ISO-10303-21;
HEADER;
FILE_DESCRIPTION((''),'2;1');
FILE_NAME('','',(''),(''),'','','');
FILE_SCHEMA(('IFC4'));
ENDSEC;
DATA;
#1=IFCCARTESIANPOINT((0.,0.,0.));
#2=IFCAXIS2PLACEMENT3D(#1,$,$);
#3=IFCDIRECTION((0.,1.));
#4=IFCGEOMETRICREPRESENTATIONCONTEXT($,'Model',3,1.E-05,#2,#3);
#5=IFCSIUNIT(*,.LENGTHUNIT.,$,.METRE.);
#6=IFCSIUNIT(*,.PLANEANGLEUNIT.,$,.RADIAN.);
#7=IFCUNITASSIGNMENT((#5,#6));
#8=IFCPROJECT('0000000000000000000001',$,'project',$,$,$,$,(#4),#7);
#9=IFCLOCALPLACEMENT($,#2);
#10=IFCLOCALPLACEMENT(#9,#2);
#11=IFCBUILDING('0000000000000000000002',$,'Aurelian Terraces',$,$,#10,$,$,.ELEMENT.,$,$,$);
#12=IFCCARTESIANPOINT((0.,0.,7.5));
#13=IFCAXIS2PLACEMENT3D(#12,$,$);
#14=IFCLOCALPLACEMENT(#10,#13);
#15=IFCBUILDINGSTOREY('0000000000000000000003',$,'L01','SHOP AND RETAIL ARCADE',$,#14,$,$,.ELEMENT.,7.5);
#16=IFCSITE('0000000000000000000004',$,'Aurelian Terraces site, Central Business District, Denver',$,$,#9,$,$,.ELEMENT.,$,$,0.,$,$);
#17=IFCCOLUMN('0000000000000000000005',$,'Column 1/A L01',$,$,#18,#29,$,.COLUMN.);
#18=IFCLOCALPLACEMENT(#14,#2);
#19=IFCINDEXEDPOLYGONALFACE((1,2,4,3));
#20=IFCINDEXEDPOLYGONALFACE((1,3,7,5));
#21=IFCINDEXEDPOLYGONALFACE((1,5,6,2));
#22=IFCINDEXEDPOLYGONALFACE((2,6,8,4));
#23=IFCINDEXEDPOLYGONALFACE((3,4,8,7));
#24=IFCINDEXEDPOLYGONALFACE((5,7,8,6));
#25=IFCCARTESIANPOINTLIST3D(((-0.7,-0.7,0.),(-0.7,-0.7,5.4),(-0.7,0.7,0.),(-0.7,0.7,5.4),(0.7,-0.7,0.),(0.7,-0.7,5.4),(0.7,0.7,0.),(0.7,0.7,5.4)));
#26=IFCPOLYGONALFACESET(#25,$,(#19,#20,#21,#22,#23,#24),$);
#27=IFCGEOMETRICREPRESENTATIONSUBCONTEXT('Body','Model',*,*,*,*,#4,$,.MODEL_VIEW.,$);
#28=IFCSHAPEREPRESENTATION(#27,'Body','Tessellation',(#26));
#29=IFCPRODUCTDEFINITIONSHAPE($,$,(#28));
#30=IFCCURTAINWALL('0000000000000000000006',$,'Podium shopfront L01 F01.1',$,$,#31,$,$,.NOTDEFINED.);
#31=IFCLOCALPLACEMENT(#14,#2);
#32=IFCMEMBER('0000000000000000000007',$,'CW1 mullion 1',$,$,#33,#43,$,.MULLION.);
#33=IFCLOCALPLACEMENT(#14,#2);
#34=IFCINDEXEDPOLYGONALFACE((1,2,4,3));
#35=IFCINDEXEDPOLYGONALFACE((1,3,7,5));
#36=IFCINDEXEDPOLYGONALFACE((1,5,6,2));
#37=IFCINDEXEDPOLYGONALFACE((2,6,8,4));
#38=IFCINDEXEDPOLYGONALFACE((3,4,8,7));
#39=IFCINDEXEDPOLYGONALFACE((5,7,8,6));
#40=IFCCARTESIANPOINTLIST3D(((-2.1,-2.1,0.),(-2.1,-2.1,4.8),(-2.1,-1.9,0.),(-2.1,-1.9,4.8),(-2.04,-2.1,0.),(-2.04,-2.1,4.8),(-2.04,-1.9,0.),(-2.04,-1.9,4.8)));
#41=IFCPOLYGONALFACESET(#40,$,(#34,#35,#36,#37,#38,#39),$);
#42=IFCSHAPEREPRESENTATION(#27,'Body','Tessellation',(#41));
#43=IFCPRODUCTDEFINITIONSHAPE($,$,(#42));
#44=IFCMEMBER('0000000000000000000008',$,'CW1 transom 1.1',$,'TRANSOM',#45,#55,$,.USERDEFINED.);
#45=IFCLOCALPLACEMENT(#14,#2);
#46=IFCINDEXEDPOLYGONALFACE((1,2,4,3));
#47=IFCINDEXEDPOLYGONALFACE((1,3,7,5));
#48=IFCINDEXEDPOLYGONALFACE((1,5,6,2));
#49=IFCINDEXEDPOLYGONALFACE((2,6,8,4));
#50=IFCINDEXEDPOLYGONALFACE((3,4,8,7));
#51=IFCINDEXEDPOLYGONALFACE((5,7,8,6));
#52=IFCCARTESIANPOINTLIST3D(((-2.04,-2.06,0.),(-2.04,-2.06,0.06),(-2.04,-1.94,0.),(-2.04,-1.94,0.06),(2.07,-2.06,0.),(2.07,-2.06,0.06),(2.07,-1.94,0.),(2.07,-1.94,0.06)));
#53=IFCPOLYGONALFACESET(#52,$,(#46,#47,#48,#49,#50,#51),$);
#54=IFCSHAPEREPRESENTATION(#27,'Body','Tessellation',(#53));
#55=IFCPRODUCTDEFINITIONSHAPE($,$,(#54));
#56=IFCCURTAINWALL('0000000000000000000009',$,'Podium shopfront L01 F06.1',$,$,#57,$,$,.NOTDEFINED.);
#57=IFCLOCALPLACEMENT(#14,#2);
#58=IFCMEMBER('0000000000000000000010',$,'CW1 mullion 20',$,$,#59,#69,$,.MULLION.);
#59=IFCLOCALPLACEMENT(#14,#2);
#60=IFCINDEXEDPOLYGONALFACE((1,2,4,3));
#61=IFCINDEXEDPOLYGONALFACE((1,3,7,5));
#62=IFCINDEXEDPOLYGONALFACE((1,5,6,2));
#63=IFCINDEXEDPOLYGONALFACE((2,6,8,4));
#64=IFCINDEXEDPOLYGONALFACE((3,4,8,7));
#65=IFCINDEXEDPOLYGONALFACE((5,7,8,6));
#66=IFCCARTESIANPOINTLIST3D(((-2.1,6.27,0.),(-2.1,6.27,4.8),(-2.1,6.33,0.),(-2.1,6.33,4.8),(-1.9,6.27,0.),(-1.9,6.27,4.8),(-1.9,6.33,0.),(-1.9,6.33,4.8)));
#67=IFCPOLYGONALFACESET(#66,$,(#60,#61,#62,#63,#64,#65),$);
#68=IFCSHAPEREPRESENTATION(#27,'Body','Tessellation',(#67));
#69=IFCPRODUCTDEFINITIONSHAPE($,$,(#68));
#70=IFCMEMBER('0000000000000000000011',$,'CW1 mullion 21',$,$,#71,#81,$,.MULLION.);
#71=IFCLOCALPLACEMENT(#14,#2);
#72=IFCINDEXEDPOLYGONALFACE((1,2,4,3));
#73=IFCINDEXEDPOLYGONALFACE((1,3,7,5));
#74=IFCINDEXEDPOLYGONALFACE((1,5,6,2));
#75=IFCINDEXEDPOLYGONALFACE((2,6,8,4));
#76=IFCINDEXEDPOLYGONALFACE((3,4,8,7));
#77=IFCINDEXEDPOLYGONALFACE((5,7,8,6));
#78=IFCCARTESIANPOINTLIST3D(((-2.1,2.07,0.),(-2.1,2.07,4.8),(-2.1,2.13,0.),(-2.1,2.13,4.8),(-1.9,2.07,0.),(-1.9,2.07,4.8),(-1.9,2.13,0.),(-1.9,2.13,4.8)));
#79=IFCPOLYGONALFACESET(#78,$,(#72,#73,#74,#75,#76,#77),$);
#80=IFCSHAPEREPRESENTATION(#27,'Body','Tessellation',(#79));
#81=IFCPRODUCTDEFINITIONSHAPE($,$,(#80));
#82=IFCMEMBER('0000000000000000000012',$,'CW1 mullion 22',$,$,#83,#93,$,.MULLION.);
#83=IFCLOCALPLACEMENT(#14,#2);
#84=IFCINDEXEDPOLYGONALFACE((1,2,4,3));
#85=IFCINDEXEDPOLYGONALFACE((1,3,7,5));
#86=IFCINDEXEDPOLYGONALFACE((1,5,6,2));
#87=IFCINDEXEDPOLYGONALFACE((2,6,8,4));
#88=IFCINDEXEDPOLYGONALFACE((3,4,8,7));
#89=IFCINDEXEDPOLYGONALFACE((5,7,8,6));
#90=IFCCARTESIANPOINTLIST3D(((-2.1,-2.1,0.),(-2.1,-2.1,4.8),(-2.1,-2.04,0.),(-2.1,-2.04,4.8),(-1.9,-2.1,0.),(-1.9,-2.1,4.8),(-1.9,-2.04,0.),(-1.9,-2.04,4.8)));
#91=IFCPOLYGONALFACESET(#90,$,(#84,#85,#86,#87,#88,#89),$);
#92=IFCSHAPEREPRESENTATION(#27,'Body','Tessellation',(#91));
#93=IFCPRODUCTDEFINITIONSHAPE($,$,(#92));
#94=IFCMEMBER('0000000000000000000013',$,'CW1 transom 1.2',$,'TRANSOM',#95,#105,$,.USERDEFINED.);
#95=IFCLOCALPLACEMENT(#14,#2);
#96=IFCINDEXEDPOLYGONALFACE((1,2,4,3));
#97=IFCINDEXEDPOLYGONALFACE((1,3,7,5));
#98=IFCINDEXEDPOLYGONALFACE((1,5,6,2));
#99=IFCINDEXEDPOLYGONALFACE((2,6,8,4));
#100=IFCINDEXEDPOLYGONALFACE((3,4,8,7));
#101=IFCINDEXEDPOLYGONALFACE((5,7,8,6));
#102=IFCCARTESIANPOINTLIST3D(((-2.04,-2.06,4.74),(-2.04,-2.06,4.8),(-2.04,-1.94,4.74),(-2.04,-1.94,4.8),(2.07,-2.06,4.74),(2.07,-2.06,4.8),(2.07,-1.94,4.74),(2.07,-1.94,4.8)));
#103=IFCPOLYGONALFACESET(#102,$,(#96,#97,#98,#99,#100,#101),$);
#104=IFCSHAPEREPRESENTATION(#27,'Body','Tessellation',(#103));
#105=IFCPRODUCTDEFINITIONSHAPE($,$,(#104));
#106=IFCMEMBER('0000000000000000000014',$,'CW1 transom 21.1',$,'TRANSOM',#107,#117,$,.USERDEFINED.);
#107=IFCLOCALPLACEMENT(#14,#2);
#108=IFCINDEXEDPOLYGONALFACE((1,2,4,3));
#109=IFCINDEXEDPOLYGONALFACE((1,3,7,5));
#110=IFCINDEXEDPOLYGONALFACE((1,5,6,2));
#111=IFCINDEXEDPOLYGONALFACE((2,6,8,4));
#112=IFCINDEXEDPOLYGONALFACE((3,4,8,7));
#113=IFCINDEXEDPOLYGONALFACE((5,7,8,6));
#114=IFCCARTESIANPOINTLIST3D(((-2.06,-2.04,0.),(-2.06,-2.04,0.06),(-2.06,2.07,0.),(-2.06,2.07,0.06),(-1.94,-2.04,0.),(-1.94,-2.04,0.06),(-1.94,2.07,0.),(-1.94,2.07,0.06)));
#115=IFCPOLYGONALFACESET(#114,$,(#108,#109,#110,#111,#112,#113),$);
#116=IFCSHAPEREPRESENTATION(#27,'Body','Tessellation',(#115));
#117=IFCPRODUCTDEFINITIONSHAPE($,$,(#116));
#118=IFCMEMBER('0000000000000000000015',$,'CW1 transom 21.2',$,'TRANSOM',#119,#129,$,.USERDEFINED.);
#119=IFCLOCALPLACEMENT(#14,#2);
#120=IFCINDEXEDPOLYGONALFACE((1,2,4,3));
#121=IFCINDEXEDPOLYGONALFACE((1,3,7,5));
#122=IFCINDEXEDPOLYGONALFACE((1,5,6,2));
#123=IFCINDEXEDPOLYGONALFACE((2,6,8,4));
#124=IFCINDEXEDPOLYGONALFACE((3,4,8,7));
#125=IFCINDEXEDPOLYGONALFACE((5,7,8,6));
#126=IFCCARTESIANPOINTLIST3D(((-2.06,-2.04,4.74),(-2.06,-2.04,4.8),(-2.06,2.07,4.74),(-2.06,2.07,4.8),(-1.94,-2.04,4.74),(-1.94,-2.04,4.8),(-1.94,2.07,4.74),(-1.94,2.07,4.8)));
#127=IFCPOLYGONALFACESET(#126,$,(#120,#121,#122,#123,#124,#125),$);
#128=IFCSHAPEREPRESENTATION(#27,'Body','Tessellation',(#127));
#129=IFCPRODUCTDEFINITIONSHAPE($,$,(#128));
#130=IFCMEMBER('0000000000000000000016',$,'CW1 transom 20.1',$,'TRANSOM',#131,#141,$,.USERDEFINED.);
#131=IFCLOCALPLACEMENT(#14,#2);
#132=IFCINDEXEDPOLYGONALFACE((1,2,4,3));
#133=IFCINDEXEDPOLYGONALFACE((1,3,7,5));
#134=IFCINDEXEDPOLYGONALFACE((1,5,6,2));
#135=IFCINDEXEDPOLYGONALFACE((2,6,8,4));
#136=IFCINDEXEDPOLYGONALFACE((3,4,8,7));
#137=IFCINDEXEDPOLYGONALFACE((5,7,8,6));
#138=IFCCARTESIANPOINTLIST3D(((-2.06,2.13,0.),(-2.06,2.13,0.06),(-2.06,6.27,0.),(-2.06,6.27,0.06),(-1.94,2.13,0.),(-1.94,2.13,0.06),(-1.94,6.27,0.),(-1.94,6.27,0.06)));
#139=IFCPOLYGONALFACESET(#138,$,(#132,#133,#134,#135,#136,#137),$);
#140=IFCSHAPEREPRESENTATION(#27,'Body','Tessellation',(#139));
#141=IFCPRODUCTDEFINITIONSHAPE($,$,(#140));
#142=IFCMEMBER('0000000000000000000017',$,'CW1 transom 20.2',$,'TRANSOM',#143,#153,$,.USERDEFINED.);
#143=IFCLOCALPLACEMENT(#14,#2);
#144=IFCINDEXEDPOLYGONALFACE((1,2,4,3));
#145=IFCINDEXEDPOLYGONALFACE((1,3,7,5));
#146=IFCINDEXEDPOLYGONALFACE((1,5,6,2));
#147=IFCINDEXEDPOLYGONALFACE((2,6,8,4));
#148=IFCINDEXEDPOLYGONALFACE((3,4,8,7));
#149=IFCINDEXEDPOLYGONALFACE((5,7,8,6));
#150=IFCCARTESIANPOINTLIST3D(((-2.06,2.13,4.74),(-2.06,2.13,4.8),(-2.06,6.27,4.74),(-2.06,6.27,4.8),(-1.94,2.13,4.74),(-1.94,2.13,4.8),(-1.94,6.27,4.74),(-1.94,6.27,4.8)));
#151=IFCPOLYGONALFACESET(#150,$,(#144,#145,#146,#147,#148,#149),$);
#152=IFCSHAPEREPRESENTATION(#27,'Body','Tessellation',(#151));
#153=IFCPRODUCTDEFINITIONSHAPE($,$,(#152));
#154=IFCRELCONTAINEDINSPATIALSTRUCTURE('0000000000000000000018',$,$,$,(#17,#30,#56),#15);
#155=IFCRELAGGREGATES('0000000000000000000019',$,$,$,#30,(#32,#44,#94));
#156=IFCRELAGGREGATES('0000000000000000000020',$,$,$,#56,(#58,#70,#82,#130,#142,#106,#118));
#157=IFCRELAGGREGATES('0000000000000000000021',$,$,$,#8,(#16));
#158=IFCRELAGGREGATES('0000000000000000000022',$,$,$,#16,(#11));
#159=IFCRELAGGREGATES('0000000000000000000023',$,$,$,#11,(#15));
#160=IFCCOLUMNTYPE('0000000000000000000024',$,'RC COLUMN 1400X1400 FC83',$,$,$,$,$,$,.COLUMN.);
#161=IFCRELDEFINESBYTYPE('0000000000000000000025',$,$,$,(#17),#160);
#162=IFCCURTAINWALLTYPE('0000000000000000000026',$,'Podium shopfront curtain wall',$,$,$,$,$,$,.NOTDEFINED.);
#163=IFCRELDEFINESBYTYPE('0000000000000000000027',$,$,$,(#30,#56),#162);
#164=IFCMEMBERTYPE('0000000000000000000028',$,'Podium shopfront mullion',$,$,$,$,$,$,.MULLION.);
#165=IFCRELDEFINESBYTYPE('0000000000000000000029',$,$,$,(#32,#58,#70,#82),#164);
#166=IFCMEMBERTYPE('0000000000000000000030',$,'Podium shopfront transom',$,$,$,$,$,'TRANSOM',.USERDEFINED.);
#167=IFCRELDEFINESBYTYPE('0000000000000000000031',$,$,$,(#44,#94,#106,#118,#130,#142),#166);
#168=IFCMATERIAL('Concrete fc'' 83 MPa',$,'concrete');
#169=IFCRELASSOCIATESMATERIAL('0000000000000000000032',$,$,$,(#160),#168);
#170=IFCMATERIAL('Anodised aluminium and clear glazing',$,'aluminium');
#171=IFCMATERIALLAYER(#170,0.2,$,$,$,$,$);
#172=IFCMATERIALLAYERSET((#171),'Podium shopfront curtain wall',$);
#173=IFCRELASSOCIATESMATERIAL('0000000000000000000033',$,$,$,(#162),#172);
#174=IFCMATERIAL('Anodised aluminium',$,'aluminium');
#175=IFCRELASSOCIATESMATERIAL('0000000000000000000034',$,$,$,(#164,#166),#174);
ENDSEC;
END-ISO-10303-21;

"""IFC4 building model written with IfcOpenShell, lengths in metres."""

from ifc_helpers import new_model, si_unit, direction, frame, origin, origin_with_axes, origin_2d, place, context, subcontext, project, spatial, rectangle, extrude, source, transform, mapped, material, layer, layer_set, material_profile, profile_set, type_object, element, aggregate, save


model = new_model("IFC4")

# Units and contexts
model_context = context("Model", 3, precision=1e-05, world=origin(), true_north=direction((0.0, 1.0)))
body_context = subcontext(model_context, "Body", "Model", "MODEL_VIEW")
ifc_project = project(units=[si_unit("LENGTHUNIT", "METRE"), si_unit("PLANEANGLEUNIT", "RADIAN")], contexts=[model_context])

# Site, building, storey
site_placement = place(None, origin())
site = spatial("IfcSite", under=ifc_project, at=site_placement, Name="Aurelian Terraces site, Central Business District, Denver", CompositionType="ELEMENT", RefElevation=0.0)
building_placement = place(site_placement, origin())
building = spatial("IfcBuilding", under=site, at=building_placement, Name="Aurelian Terraces", CompositionType="ELEMENT")
storey_placement = place(building_placement, frame((0.0, 0.0, 7.5)))
storey = spatial("IfcBuildingStorey", under=building, at=storey_placement, Name="L01", Description="SHOP AND RETAIL ARCADE", CompositionType="ELEMENT", Elevation=7.5)

# Column
ifc_material_1 = material(Name="Concrete fc' 83 MPa", Category="concrete")
ifc_material_profile_1 = material_profile(ifc_material_1, rectangle(XDim=1.4, YDim=1.4, at=origin_2d()))
ifc_profile_set_1 = profile_set([ifc_material_profile_1], Name="Concrete fc' 83 MPa")
column_type = type_object("IfcColumnType", Name="RC COLUMN 1400X1400 FC83", PredefinedType="COLUMN", material=ifc_profile_set_1)
column_placement = place(storey_placement, origin_with_axes())
element("IfcColumn", 1, at=column_placement, inside=storey, type_object=column_type, Name="Column 1/A L01", PredefinedType="COLUMN", context=body_context, shape_type="SweptSolid", body=[
    extrude(rectangle(XDim=1.4, YDim=1.4, at=origin_2d()), origin(), (0.0, 0.0, 1.0), 5.4),
])

# Curtain walls, members
ifc_material_2 = material(Name="Anodised aluminium and clear glazing", Category="aluminium")
ifc_layer_1 = layer(ifc_material_2, 0.2)
ifc_layer_set_1 = layer_set([ifc_layer_1], Name="Podium shopfront curtain wall")
curtain_wall_type = type_object("IfcCurtainWallType", Name="Podium shopfront curtain wall", PredefinedType="NOTDEFINED", material=ifc_layer_set_1)
curtain_wall_1_placement = place(storey_placement, origin())
curtain_wall_1 = element("IfcCurtainWall", 2, at=curtain_wall_1_placement, inside=storey, type_object=curtain_wall_type, Name="Podium shopfront L01 F01.1", PredefinedType="NOTDEFINED")
ifc_material_3 = material(Name="Anodised aluminium", Category="aluminium")
ifc_material_profile_2 = material_profile(ifc_material_3, rectangle(XDim=0.2, YDim=0.06, at=origin_2d()))
ifc_profile_set_2 = profile_set([ifc_material_profile_2], Name="Anodised aluminium")
member_type_1 = type_object("IfcMemberType", Name="Podium shopfront mullion", PredefinedType="MULLION", material=ifc_profile_set_2)
member_1_placement = place(storey_placement, frame((-2.07, -2.0, 0.0), z_axis=(0.0, 0.0, 1.0), x_axis=(0.0, 1.0, 0.0)))
member_1 = element("IfcMember", 3, at=member_1_placement, type_object=member_type_1, Name="CW1 mullion 1", PredefinedType="MULLION", context=body_context, shape_type="SweptSolid", body=[
    extrude(rectangle(XDim=0.2, YDim=0.06, at=origin_2d()), origin(), (0.0, 0.0, 1.0), 4.8),
])
ifc_material_profile_3 = material_profile(ifc_material_3, rectangle(XDim=0.12, YDim=0.06, at=origin_2d()))
ifc_profile_set_3 = profile_set([ifc_material_profile_3], Name="Anodised aluminium")
member_type_2 = type_object("IfcMemberType", Name="Podium shopfront transom", ElementType="TRANSOM", PredefinedType="USERDEFINED", material=ifc_profile_set_3)
member_2_placement = place(storey_placement, frame((-2.04, -2.0, 0.03), z_axis=(1.0, 0.0, 0.0), x_axis=(0.0, 1.0, 0.0)))
member_2 = element("IfcMember", 4, at=member_2_placement, type_object=member_type_2, Name="CW1 transom 1.1", ObjectType="TRANSOM", PredefinedType="USERDEFINED", context=body_context, shape_type="SweptSolid", body=[
    extrude(rectangle(XDim=0.12, YDim=0.06, at=origin_2d()), origin(), (0.0, 0.0, 1.0), 4.11),
])
curtain_wall_2_placement = place(storey_placement, origin())
curtain_wall_2 = element("IfcCurtainWall", 5, at=curtain_wall_2_placement, inside=storey, type_object=curtain_wall_type, Name="Podium shopfront L01 F06.1", PredefinedType="NOTDEFINED")
shared_shape_1 = source(origin(), body_context, "Body", "SweptSolid", [
    extrude(rectangle(XDim=0.2, YDim=0.06, at=origin_2d()), origin(), (0.0, 0.0, 1.0), 4.8),
])
member_3_placement = place(storey_placement, frame((-2.0, 6.3, 0.0), z_axis=(0.0, 0.0, 1.0), x_axis=(1.0, 0.0, 0.0)))
member_3 = element("IfcMember", 6, at=member_3_placement, type_object=member_type_1, Name="CW1 mullion 20", PredefinedType="MULLION", context=body_context, shape_type="MappedRepresentation", body=[
    mapped(shared_shape_1, transform((0.0, 0.0, 0.0), scale=1.0)),
])
member_4_placement = place(storey_placement, frame((-2.0, 2.1, 0.0), z_axis=(0.0, 0.0, 1.0), x_axis=(1.0, 0.0, 0.0)))
member_4 = element("IfcMember", 7, at=member_4_placement, type_object=member_type_1, Name="CW1 mullion 21", PredefinedType="MULLION", context=body_context, shape_type="MappedRepresentation", body=[
    mapped(shared_shape_1, transform((0.0, 0.0, 0.0), scale=1.0)),
])
member_5_placement = place(storey_placement, frame((-2.0, -2.07, 0.0), z_axis=(0.0, 0.0, 1.0), x_axis=(1.0, 0.0, 0.0)))
member_5 = element("IfcMember", 8, at=member_5_placement, type_object=member_type_1, Name="CW1 mullion 22", PredefinedType="MULLION", context=body_context, shape_type="MappedRepresentation", body=[
    mapped(shared_shape_1, transform((0.0, 0.0, 0.0), scale=1.0)),
])

# Members
shared_shape_2 = source(origin(), body_context, "Body", "SweptSolid", [
    extrude(rectangle(XDim=0.12, YDim=0.06, at=origin_2d()), origin(), (0.0, 0.0, 1.0), 4.11),
])
member_6_placement = place(storey_placement, frame((-2.04, -2.0, 4.77), z_axis=(1.0, 0.0, 0.0), x_axis=(0.0, 1.0, 0.0)))
member_6 = element("IfcMember", 9, at=member_6_placement, type_object=member_type_2, Name="CW1 transom 1.2", ObjectType="TRANSOM", PredefinedType="USERDEFINED", context=body_context, shape_type="MappedRepresentation", body=[
    mapped(shared_shape_2, transform((0.0, 0.0, 0.0), scale=1.0)),
])
aggregate(curtain_wall_1, [member_1, member_2, member_6])
member_7_placement = place(storey_placement, frame((-2.0, 2.07, 0.03), z_axis=(0.0, -1.0, 0.0), x_axis=(1.0, 0.0, 0.0)))
member_7 = element("IfcMember", 10, at=member_7_placement, type_object=member_type_2, Name="CW1 transom 21.1", ObjectType="TRANSOM", PredefinedType="USERDEFINED", context=body_context, shape_type="MappedRepresentation", body=[
    mapped(shared_shape_2, transform((0.0, 0.0, 0.0), scale=1.0)),
])
member_8_placement = place(storey_placement, frame((-2.0, 2.07, 4.77), z_axis=(0.0, -1.0, 0.0), x_axis=(1.0, 0.0, 0.0)))
member_8 = element("IfcMember", 11, at=member_8_placement, type_object=member_type_2, Name="CW1 transom 21.2", ObjectType="TRANSOM", PredefinedType="USERDEFINED", context=body_context, shape_type="MappedRepresentation", body=[
    mapped(shared_shape_2, transform((0.0, 0.0, 0.0), scale=1.0)),
])
shared_shape_3 = source(origin(), body_context, "Body", "SweptSolid", [
    extrude(rectangle(XDim=0.12, YDim=0.06, at=origin_2d()), origin(), (0.0, 0.0, 1.0), 4.14),
])
member_9_placement = place(storey_placement, frame((-2.0, 6.27, 0.03), z_axis=(0.0, -1.0, 0.0), x_axis=(1.0, 0.0, 0.0)))
member_9 = element("IfcMember", 12, at=member_9_placement, type_object=member_type_2, Name="CW1 transom 20.1", ObjectType="TRANSOM", PredefinedType="USERDEFINED", context=body_context, shape_type="MappedRepresentation", body=[
    mapped(shared_shape_3, transform((0.0, 0.0, 0.0), scale=1.0)),
])
member_10_placement = place(storey_placement, frame((-2.0, 6.27, 4.77), z_axis=(0.0, -1.0, 0.0), x_axis=(1.0, 0.0, 0.0)))
member_10 = element("IfcMember", 13, at=member_10_placement, type_object=member_type_2, Name="CW1 transom 20.2", ObjectType="TRANSOM", PredefinedType="USERDEFINED", context=body_context, shape_type="MappedRepresentation", body=[
    mapped(shared_shape_3, transform((0.0, 0.0, 0.0), scale=1.0)),
])

aggregate(curtain_wall_2, [member_3, member_4, member_5, member_9, member_10, member_7, member_8])

save(model, "model.ifc")
